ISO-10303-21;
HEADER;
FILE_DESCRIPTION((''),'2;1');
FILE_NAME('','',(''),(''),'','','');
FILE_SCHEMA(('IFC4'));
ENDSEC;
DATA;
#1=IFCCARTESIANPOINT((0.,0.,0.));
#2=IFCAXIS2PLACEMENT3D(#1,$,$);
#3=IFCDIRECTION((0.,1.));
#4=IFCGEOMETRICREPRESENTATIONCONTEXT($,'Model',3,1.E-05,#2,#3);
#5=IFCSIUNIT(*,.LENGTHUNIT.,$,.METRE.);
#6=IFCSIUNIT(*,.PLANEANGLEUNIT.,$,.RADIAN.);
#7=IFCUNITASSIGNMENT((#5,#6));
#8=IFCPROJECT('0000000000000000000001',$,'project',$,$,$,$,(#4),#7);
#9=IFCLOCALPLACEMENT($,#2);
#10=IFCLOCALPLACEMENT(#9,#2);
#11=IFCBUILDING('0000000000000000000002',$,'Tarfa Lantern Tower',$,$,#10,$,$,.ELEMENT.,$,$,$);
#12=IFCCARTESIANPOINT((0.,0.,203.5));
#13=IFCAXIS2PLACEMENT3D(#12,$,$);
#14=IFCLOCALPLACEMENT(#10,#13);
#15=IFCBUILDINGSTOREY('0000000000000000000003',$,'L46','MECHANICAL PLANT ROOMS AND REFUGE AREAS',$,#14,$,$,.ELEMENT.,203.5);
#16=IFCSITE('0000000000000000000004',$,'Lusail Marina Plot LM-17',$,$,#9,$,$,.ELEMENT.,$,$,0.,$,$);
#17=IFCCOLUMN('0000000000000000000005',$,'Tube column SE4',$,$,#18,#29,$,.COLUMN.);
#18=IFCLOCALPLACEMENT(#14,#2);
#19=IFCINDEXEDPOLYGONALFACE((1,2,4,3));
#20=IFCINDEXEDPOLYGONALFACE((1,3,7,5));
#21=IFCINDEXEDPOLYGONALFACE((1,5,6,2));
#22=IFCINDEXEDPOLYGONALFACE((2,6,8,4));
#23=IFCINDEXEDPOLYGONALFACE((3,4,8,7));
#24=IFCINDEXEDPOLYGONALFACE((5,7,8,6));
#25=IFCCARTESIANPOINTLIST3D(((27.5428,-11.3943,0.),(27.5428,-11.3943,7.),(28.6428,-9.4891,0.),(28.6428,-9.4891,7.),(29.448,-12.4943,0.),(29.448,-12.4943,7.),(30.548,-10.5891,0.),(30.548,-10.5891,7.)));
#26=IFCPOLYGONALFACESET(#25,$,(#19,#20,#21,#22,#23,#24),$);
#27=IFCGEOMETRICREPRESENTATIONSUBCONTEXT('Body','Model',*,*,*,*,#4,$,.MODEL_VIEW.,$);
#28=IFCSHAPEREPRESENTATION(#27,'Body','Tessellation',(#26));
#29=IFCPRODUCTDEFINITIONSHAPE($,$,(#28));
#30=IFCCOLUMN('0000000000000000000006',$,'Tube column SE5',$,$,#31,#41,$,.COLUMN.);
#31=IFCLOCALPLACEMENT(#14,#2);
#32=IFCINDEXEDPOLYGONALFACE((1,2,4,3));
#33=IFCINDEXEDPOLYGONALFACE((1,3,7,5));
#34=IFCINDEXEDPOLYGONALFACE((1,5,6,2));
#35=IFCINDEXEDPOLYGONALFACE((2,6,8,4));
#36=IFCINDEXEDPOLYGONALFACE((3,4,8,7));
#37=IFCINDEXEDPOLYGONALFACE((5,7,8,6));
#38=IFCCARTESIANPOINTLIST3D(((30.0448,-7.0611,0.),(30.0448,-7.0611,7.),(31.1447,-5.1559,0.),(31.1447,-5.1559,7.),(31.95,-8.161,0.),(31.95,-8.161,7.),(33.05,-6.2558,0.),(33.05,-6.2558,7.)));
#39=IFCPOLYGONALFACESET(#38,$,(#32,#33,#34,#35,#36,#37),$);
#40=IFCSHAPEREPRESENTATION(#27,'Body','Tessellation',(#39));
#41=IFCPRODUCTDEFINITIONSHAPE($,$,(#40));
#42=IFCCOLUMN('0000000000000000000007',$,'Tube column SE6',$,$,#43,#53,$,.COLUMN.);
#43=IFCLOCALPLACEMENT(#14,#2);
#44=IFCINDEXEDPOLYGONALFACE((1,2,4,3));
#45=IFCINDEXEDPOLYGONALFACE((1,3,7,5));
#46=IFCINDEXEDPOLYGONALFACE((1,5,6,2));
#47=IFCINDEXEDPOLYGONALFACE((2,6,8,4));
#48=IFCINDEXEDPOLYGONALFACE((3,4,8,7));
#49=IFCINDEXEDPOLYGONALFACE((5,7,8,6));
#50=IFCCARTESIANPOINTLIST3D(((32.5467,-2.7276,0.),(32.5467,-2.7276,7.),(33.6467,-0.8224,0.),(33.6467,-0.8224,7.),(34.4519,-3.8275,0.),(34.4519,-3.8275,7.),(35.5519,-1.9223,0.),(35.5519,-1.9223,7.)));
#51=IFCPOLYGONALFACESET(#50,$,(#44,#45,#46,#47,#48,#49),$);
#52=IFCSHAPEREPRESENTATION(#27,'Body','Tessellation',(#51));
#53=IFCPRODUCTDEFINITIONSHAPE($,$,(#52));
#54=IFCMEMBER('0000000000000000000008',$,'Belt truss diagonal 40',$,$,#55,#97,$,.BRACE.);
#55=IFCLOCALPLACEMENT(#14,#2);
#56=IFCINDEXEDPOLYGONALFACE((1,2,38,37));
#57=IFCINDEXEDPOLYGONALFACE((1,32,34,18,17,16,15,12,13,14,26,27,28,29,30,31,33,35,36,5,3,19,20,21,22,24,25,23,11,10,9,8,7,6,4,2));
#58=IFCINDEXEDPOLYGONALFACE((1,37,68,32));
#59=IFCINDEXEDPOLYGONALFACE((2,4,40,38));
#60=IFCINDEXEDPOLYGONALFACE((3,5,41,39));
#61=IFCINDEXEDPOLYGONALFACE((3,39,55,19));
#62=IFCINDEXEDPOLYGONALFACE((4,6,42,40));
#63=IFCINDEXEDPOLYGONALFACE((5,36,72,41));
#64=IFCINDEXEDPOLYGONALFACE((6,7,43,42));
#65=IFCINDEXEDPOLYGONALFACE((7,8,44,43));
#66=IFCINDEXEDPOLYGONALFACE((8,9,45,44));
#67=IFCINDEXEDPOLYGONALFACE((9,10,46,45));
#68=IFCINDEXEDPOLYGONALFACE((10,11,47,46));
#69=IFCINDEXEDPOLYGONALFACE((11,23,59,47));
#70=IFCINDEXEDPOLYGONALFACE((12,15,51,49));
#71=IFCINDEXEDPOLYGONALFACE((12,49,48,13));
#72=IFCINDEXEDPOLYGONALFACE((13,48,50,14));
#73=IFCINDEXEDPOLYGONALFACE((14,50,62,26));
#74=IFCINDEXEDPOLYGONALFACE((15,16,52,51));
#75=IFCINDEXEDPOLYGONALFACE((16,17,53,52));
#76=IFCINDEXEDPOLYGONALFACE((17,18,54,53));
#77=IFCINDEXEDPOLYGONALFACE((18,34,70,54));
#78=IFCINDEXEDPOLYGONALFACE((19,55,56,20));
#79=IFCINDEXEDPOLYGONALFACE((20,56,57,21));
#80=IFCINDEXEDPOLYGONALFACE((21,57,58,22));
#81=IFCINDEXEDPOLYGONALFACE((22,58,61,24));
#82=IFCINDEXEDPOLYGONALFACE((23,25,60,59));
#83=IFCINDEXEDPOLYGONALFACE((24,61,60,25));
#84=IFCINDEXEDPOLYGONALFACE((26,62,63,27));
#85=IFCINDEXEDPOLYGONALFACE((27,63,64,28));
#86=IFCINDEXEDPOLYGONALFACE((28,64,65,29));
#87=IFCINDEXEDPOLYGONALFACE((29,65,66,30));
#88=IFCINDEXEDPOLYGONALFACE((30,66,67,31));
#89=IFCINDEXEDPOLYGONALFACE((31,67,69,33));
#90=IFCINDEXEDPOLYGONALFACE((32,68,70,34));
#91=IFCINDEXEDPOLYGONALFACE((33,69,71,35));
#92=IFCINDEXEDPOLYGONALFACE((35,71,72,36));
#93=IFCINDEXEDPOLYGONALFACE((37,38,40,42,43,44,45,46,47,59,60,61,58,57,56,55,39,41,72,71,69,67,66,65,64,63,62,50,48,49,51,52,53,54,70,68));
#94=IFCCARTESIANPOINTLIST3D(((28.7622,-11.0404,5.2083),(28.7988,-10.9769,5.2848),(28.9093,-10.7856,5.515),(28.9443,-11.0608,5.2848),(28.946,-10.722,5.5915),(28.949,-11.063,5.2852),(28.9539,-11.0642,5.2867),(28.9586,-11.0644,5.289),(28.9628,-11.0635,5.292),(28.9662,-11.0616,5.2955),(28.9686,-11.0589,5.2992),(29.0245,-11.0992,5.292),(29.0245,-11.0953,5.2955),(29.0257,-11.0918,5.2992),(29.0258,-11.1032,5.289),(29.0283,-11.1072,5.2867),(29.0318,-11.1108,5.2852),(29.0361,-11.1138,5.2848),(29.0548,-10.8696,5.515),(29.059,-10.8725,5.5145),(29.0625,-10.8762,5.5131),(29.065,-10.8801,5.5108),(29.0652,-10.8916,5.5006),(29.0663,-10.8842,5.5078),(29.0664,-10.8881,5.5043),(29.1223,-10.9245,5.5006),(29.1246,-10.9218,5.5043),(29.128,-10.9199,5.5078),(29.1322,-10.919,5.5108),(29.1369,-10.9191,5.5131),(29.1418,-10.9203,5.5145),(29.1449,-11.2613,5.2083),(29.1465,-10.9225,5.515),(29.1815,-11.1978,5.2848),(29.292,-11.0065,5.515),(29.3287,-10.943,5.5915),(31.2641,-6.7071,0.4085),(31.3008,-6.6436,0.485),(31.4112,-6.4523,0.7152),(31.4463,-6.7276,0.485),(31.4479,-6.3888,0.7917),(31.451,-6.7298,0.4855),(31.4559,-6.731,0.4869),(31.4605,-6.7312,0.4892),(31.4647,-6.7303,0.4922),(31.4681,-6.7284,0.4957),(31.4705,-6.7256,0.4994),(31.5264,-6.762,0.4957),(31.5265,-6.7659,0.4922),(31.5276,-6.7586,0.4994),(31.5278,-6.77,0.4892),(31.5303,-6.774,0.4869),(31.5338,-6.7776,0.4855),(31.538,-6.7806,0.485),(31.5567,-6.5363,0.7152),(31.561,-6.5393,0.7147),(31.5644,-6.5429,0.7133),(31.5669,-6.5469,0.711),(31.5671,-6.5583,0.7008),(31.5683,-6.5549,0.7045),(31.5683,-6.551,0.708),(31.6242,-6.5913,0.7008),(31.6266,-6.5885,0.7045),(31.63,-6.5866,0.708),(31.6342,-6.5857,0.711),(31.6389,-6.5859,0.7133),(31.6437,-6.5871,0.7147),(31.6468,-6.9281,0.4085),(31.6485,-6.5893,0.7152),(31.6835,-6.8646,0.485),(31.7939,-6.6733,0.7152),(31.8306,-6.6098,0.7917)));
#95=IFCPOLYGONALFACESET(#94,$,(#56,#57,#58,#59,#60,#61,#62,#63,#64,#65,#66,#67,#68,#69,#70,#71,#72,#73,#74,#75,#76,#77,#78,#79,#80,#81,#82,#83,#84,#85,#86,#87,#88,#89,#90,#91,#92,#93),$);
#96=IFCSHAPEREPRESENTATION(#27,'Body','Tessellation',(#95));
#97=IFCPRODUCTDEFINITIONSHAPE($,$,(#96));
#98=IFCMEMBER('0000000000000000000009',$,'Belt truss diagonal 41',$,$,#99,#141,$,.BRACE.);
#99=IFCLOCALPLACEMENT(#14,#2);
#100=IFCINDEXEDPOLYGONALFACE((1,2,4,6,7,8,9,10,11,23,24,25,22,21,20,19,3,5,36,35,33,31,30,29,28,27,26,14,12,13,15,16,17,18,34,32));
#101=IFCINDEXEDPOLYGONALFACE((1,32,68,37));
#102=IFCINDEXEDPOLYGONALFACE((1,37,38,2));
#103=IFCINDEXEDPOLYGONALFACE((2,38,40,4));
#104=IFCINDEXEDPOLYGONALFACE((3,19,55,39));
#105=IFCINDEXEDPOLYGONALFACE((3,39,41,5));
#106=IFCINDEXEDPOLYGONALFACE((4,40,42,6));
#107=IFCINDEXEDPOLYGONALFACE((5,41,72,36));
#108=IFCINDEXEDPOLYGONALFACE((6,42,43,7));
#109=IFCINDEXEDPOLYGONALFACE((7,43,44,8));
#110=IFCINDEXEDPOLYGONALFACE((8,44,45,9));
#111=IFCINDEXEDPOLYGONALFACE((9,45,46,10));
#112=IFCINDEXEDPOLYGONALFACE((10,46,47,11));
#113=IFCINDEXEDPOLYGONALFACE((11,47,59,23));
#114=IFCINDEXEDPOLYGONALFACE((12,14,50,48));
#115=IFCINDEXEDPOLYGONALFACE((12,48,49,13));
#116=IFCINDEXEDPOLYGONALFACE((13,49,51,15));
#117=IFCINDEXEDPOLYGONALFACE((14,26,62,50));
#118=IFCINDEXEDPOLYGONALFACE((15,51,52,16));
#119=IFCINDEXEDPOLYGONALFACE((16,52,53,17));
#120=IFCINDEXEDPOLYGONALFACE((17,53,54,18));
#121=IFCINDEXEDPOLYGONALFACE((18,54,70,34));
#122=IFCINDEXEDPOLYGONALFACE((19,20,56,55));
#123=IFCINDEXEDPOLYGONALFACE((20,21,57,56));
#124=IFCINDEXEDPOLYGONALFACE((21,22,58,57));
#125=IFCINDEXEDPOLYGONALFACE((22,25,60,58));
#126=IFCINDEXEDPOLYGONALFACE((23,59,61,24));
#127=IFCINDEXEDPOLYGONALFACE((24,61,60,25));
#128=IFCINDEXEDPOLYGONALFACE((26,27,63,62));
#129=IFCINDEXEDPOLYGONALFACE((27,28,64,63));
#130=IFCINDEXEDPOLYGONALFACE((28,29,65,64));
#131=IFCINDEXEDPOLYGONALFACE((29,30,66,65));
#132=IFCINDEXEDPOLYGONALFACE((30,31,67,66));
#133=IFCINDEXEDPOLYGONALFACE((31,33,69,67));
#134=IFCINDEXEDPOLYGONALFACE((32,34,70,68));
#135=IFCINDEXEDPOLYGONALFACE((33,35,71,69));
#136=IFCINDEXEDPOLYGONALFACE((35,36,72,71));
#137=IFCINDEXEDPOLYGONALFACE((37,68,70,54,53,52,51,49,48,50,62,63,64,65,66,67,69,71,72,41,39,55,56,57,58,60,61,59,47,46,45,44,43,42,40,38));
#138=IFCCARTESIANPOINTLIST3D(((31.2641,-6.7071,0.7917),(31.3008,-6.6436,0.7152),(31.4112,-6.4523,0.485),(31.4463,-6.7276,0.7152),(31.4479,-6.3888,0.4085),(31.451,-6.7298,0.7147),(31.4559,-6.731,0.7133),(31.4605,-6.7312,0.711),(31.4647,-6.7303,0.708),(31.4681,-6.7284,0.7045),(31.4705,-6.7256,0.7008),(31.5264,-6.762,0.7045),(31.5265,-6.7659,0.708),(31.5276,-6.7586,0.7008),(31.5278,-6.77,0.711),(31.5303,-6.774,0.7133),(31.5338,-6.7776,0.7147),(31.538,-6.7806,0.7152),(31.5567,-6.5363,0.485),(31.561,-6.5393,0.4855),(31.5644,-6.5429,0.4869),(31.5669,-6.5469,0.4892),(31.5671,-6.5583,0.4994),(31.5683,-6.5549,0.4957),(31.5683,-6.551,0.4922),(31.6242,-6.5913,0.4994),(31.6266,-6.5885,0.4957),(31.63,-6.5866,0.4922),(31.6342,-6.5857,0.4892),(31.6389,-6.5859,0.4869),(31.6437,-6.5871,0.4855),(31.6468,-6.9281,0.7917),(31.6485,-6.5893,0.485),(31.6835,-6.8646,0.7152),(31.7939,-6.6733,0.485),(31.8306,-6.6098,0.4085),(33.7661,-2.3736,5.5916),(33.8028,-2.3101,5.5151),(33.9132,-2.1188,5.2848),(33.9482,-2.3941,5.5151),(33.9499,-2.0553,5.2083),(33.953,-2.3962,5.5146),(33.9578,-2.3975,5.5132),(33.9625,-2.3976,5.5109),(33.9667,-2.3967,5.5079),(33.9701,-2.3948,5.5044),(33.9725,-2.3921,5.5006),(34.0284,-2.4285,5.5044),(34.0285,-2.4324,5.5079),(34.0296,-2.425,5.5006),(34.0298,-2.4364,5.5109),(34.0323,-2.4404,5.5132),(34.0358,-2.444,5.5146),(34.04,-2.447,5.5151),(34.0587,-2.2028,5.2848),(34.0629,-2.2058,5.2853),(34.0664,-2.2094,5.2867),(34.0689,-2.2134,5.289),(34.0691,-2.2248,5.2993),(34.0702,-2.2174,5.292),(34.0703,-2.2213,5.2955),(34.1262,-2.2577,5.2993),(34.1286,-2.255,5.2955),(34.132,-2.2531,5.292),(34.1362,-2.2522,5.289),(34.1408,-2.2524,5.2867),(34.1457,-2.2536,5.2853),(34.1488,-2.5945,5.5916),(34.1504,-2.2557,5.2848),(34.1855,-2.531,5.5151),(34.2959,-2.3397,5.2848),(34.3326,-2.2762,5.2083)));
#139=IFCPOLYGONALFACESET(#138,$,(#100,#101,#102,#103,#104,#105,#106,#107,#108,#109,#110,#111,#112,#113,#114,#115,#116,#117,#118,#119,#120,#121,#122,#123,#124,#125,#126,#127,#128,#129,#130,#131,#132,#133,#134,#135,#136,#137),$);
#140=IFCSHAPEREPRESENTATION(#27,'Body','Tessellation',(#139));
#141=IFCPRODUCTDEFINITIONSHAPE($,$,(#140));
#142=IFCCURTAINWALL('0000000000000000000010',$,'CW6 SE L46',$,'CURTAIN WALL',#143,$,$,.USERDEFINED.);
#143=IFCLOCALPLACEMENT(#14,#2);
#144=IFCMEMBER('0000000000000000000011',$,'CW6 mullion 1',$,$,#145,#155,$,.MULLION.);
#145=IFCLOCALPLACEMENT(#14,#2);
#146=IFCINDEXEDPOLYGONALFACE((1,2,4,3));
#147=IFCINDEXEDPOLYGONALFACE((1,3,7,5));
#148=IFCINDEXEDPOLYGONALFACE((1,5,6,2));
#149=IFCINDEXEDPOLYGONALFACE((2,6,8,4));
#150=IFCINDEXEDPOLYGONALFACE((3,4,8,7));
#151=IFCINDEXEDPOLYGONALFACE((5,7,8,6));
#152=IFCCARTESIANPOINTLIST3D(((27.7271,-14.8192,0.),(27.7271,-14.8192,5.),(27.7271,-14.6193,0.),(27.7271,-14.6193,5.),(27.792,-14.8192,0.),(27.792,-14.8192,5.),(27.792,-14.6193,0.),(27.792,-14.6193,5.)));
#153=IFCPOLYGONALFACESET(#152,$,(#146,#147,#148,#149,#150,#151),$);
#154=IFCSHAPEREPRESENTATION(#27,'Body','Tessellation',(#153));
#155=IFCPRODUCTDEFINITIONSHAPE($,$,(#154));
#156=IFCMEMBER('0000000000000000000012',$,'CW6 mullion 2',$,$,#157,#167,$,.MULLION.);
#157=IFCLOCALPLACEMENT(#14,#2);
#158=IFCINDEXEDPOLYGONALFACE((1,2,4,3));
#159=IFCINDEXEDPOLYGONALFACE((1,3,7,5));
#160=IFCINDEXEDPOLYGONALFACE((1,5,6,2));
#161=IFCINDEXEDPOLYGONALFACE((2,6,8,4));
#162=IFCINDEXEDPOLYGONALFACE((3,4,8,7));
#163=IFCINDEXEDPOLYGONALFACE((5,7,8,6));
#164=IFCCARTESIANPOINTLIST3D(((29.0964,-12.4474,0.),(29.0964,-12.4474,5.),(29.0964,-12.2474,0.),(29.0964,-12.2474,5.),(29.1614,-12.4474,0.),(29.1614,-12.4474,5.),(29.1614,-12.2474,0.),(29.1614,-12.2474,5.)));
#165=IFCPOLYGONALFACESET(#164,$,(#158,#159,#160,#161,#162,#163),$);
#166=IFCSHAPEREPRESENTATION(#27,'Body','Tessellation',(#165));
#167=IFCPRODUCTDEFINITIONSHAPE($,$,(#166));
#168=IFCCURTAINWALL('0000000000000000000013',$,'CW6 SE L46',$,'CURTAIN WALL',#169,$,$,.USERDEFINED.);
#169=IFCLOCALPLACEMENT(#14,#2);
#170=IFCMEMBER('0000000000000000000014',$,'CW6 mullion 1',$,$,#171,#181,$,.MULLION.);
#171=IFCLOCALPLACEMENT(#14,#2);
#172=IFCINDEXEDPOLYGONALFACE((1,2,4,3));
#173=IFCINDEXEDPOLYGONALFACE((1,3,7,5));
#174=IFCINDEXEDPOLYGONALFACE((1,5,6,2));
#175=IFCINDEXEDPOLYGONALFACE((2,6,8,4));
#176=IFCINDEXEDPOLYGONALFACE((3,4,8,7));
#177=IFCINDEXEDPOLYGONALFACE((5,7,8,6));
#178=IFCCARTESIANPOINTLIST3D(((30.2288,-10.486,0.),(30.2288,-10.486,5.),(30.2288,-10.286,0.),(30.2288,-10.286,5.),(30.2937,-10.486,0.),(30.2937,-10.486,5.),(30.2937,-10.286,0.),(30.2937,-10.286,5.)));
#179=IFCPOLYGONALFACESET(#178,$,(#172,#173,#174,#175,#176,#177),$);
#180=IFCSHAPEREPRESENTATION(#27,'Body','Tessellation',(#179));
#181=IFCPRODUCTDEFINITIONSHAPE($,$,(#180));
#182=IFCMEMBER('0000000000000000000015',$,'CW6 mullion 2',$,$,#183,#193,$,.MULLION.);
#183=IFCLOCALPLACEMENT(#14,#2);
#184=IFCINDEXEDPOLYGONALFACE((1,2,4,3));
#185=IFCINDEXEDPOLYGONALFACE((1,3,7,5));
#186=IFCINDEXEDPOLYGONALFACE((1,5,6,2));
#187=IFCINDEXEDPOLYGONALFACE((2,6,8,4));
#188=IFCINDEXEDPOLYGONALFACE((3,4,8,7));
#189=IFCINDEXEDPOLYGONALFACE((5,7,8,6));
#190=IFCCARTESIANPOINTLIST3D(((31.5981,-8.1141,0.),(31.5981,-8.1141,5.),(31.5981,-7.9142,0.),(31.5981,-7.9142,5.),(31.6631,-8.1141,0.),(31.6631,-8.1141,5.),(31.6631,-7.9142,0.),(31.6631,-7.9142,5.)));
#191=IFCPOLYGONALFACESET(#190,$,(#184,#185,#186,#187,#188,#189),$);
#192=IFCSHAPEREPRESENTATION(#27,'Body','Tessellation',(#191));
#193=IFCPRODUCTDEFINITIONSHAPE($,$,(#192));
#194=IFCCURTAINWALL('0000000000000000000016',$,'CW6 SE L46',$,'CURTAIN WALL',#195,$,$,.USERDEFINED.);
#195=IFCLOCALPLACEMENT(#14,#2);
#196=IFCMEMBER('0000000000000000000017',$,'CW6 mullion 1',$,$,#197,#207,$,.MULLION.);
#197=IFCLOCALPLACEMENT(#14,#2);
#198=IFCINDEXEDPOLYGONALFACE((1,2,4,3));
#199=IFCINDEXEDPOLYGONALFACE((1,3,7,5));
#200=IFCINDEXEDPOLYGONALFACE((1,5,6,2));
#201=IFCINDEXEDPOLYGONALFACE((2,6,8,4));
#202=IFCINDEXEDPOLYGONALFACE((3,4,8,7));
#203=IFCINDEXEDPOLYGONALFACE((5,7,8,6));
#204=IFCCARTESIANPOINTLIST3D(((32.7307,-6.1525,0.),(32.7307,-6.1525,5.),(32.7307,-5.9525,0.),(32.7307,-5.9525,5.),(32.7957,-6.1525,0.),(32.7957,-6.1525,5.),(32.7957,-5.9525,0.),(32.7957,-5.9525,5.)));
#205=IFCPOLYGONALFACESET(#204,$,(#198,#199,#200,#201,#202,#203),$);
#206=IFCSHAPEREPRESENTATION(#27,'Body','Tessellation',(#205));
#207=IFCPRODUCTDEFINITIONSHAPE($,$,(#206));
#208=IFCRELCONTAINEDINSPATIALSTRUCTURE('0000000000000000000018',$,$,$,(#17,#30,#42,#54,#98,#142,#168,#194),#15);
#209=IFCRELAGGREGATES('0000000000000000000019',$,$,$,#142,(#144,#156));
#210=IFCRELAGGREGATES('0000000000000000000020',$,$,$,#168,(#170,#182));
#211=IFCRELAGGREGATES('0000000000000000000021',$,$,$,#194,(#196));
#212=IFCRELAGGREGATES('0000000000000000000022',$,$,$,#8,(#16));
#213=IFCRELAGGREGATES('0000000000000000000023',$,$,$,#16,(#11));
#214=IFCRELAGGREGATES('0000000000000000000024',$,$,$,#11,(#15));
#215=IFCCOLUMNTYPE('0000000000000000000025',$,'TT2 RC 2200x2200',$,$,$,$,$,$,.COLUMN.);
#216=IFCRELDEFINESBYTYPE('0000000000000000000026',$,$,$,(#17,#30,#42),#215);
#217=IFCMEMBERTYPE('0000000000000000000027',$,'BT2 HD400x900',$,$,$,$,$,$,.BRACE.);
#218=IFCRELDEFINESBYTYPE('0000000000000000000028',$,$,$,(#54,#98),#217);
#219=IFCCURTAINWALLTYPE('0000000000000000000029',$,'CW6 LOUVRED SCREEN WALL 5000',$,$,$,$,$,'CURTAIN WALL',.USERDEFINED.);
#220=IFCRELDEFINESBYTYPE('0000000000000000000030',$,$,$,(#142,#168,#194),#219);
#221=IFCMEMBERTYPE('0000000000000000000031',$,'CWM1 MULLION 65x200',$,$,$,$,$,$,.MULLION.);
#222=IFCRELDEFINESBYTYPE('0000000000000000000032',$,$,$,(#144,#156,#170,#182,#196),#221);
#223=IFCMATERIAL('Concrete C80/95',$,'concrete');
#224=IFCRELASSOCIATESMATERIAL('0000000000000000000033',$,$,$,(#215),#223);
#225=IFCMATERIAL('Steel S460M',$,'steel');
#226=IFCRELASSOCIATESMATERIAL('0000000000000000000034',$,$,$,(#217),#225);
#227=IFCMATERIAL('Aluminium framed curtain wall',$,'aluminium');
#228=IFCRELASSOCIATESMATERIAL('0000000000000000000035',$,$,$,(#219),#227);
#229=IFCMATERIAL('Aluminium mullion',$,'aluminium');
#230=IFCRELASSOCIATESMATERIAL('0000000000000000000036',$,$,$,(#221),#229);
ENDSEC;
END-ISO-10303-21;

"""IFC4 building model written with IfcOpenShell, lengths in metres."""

from ifc_helpers import new_model, si_unit, direction, frame, origin, origin_2d, place, context, subcontext, project, spatial, rectangle, i_section, extrude, material, material_profile, profile_set, type_object, element, aggregate, save


model = new_model("IFC4")

# Units and contexts
model_context = context("Model", 3, precision=1e-05, world=origin(), true_north=direction((0.0, 1.0)))
body_context = subcontext(model_context, "Body", "Model", "MODEL_VIEW")
ifc_project = project(units=[si_unit("LENGTHUNIT", "METRE"), si_unit("PLANEANGLEUNIT", "RADIAN")], contexts=[model_context])

# Site, building, storey
site_placement = place(None, origin())
site = spatial("IfcSite", under=ifc_project, at=site_placement, Name="Lusail Marina Plot LM-17", CompositionType="ELEMENT", RefElevation=0.0)
building_placement = place(site_placement, origin())
building = spatial("IfcBuilding", under=site, at=building_placement, Name="Tarfa Lantern Tower", CompositionType="ELEMENT")
storey_placement = place(building_placement, frame((0.0, 0.0, 203.5)))
storey = spatial("IfcBuildingStorey", under=building, at=storey_placement, Name="L46", Description="MECHANICAL PLANT ROOMS AND REFUGE AREAS", CompositionType="ELEMENT", Elevation=203.5)

# Columns
ifc_material_1 = material(Name="Concrete C80/95", Category="concrete")
ifc_material_profile_1 = material_profile(ifc_material_1, rectangle(XDim=2.2, YDim=2.2, at=origin_2d()), Name="RC 2200x2200")
ifc_profile_set_1 = profile_set([ifc_material_profile_1], Name="Concrete C80/95")
column_type = type_object("IfcColumnType", Name="TT2 RC 2200x2200", PredefinedType="COLUMN", material=ifc_profile_set_1)
for number, where, z_axis, x_axis, name in (
    (1, (29.0454, -10.9917, 0.0), (0.0, 0.0, 1.0), (0.5, 0.866025, 0.0), "Tube column SE4"),
    (2, (31.5474, -6.6584, 0.0), (0.0, 0.0, 1.0), (0.5, 0.866025, 0.0), "Tube column SE5"),
    (3, (34.0493, -2.325, 0.0), (0.0, 0.0, 1.0), (0.5, 0.866025, 0.0), "Tube column SE6"),
):
    element("IfcColumn", number, at=place(storey_placement, frame(where, z_axis=z_axis, x_axis=x_axis)), inside=storey, type_object=column_type, Name=name, PredefinedType="COLUMN", context=body_context, shape_type="SweptSolid", body=[
        extrude(rectangle(XDim=2.2, YDim=2.2, at=origin_2d()), origin(), (0.0, 0.0, 1.0), 7.0),
    ])

# Members
ifc_material_2 = material(Name="Steel S460M", Category="steel")
ifc_material_profile_2 = material_profile(ifc_material_2, i_section(OverallWidth=0.4419, OverallDepth=0.531, WebThickness=0.0659, FlangeThickness=0.106, FilletRadius=0.02, at=origin_2d()), Name="HD400x900")
ifc_profile_set_2 = profile_set([ifc_material_profile_2], Name="Steel S460M")
member_type_1 = type_object("IfcMemberType", Name="BT2 HD400x900", PredefinedType="BRACE", material=ifc_profile_set_2)
member_1_placement = place(storey_placement, frame((31.5474, -6.6584, 0.6001), z_axis=(-0.360844, -0.624963, 0.692252), x_axis=(0.866013, -0.500022, 0.0)))
element("IfcMember", 4, at=member_1_placement, inside=storey, type_object=member_type_1, Name="Belt truss diagonal 40", PredefinedType="BRACE", context=body_context, shape_type="SweptSolid", body=[
    extrude(i_section(OverallWidth=0.4419, OverallDepth=0.531, WebThickness=0.0659, FlangeThickness=0.106, FilletRadius=0.02, at=origin_2d()), origin(), (0.0, 0.0, 1.0), 6.9336),
])
member_2_placement = place(storey_placement, frame((31.5474, -6.6584, 0.6001), z_axis=(0.360836, 0.624985, 0.692237), x_axis=(-0.866025, 0.500001, 0.0)))
element("IfcMember", 5, at=member_2_placement, inside=storey, type_object=member_type_1, Name="Belt truss diagonal 41", PredefinedType="BRACE", context=body_context, shape_type="SweptSolid", body=[
    extrude(i_section(OverallWidth=0.4419, OverallDepth=0.531, WebThickness=0.0659, FlangeThickness=0.106, FilletRadius=0.02, at=origin_2d()), origin(), (0.0, 0.0, 1.0), 6.9338),
])

# Curtain walls, members
ifc_material_3 = material(Name="Aluminium framed curtain wall", Category="aluminium")
curtain_wall_type = type_object("IfcCurtainWallType", Name="CW6 LOUVRED SCREEN WALL 5000", ElementType="CURTAIN WALL", PredefinedType="USERDEFINED", material=ifc_material_3)
curtain_wall_1_placement = place(storey_placement, origin())
curtain_wall_1 = element("IfcCurtainWall", 6, at=curtain_wall_1_placement, inside=storey, type_object=curtain_wall_type, Name="CW6 SE L46", ObjectType="CURTAIN WALL", PredefinedType="USERDEFINED")
ifc_material_4 = material(Name="Aluminium mullion", Category="aluminium")
ifc_material_profile_3 = material_profile(ifc_material_4, rectangle(XDim=0.0649, YDim=0.2, at=origin_2d()), Name="AL MULLION 65x200")
ifc_profile_set_3 = profile_set([ifc_material_profile_3], Name="Aluminium mullion")
member_type_2 = type_object("IfcMemberType", Name="CWM1 MULLION 65x200", PredefinedType="MULLION", material=ifc_profile_set_3)
member_3_placement = place(storey_placement, frame((27.7595, -14.7192, 0.0), z_axis=(0.0, 0.0, 1.0), x_axis=(1.0, 0.0, 0.0)))
member_3 = element("IfcMember", 7, at=member_3_placement, type_object=member_type_2, Name="CW6 mullion 1", PredefinedType="MULLION", context=body_context, shape_type="SweptSolid", body=[
    extrude(rectangle(XDim=0.0649, YDim=0.2, at=origin_2d()), origin(), (0.0, 0.0, 1.0), 5.0),
])
member_4_placement = place(storey_placement, frame((29.1289, -12.3474, 0.0), z_axis=(0.0, 0.0, 1.0), x_axis=(1.0, 0.0, 0.0)))
member_4 = element("IfcMember", 8, at=member_4_placement, type_object=member_type_2, Name="CW6 mullion 2", PredefinedType="MULLION", context=body_context, shape_type="SweptSolid", body=[
    extrude(rectangle(XDim=0.0649, YDim=0.2, at=origin_2d()), origin(), (0.0, 0.0, 1.0), 5.0),
])
curtain_wall_2_placement = place(storey_placement, origin())
curtain_wall_2 = element("IfcCurtainWall", 9, at=curtain_wall_2_placement, inside=storey, type_object=curtain_wall_type, Name="CW6 SE L46", ObjectType="CURTAIN WALL", PredefinedType="USERDEFINED")
member_5_placement = place(storey_placement, frame((30.2612, -10.386, 0.0), z_axis=(0.0, 0.0, 1.0), x_axis=(1.0, 0.0, 0.0)))
member_5 = element("IfcMember", 10, at=member_5_placement, type_object=member_type_2, Name="CW6 mullion 1", PredefinedType="MULLION", context=body_context, shape_type="SweptSolid", body=[
    extrude(rectangle(XDim=0.0649, YDim=0.2, at=origin_2d()), origin(), (0.0, 0.0, 1.0), 5.0),
])
member_6_placement = place(storey_placement, frame((31.6306, -8.0142, 0.0), z_axis=(0.0, 0.0, 1.0), x_axis=(1.0, 0.0, 0.0)))
member_6 = element("IfcMember", 11, at=member_6_placement, type_object=member_type_2, Name="CW6 mullion 2", PredefinedType="MULLION", context=body_context, shape_type="SweptSolid", body=[
    extrude(rectangle(XDim=0.0649, YDim=0.2, at=origin_2d()), origin(), (0.0, 0.0, 1.0), 5.0),
])
curtain_wall_3_placement = place(storey_placement, origin())
curtain_wall_3 = element("IfcCurtainWall", 12, at=curtain_wall_3_placement, inside=storey, type_object=curtain_wall_type, Name="CW6 SE L46", ObjectType="CURTAIN WALL", PredefinedType="USERDEFINED")
member_7_placement = place(storey_placement, frame((32.7632, -6.0525, 0.0), z_axis=(0.0, 0.0, 1.0), x_axis=(1.0, 0.0, 0.0)))
member_7 = element("IfcMember", 13, at=member_7_placement, type_object=member_type_2, Name="CW6 mullion 1", PredefinedType="MULLION", context=body_context, shape_type="SweptSolid", body=[
    extrude(rectangle(XDim=0.0649, YDim=0.2, at=origin_2d()), origin(), (0.0, 0.0, 1.0), 5.0),
])

aggregate(curtain_wall_1, [member_3, member_4])
aggregate(curtain_wall_2, [member_5, member_6])
aggregate(curtain_wall_3, [member_7])

save(model, "model.ifc")
